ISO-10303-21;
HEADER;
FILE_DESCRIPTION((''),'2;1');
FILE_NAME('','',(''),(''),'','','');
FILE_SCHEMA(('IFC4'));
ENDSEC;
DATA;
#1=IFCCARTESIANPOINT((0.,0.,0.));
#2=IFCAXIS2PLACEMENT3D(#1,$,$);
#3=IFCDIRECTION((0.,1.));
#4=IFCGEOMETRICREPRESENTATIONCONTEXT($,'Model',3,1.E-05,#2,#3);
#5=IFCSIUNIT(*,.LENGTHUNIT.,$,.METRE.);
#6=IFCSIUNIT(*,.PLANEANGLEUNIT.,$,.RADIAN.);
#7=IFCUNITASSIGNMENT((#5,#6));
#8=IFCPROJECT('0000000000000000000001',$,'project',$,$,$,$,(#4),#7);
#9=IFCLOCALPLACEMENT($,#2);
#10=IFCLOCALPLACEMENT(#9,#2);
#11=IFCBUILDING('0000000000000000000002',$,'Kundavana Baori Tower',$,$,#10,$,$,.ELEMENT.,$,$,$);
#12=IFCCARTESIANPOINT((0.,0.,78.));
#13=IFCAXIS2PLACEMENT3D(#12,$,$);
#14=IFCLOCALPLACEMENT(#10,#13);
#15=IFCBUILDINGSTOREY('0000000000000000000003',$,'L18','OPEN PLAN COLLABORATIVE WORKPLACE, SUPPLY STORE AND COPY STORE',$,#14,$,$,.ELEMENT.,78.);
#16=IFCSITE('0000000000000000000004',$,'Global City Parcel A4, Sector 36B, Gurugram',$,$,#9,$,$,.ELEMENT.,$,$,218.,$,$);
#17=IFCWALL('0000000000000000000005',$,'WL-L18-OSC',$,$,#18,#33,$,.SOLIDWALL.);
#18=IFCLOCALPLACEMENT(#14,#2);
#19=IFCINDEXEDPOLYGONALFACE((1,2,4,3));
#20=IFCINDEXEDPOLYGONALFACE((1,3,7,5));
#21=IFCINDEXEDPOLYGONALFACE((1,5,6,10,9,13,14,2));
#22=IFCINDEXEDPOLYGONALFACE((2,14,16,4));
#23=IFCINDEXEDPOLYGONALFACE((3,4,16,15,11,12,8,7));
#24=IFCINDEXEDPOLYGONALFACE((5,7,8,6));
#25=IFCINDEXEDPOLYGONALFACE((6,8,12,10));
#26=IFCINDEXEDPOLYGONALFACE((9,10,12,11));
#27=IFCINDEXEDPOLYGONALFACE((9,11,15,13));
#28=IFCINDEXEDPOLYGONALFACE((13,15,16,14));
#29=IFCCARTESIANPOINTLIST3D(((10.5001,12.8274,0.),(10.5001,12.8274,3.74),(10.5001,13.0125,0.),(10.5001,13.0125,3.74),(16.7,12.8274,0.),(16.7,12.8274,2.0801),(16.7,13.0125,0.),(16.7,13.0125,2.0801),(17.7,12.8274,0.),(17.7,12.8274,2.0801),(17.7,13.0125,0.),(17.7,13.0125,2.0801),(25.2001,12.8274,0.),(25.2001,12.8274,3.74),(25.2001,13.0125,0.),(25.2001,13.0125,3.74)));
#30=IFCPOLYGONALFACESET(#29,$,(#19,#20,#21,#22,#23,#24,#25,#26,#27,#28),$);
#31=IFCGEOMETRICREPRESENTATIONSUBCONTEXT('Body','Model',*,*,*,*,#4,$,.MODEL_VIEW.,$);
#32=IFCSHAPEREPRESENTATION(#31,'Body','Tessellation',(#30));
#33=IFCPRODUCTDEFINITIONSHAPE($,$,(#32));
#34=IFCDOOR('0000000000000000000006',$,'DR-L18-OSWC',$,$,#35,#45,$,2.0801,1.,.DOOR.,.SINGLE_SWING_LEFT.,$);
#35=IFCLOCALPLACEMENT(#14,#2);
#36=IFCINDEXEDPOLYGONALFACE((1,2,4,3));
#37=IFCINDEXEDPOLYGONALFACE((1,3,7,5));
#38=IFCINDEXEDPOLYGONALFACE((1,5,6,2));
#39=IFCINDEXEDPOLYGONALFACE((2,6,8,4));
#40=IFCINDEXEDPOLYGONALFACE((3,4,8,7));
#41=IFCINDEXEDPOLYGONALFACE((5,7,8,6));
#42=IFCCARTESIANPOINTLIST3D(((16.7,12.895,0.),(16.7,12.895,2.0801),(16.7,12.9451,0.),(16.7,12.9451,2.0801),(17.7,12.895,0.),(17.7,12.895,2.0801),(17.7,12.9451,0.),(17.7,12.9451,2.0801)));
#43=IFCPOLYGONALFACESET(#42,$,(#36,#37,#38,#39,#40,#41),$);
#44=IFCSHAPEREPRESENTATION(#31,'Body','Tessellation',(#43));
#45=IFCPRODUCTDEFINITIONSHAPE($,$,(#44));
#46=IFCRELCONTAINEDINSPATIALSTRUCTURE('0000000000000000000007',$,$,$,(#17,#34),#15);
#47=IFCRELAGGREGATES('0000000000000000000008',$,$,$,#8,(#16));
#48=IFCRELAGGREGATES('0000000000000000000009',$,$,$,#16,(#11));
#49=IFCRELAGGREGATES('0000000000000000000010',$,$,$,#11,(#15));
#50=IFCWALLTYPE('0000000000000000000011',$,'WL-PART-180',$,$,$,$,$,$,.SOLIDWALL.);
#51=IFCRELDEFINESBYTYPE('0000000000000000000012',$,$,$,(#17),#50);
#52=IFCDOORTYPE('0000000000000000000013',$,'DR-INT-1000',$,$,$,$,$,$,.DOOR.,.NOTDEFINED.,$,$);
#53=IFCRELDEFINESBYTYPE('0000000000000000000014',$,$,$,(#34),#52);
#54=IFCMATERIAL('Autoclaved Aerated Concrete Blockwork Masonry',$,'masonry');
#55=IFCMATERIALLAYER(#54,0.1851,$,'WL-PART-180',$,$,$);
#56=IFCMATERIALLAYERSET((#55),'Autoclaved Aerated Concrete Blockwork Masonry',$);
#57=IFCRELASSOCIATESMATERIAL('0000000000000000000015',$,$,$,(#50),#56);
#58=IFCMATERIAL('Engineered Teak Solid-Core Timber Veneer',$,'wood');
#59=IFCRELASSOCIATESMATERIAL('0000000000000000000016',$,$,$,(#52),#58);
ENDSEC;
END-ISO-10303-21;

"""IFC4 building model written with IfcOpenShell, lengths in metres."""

from ifc_helpers import new_model, si_unit, direction, frame, frame_2d, origin, place, context, subcontext, project, spatial, rectangle, extrude, material, layer, layer_set, type_object, element, fill, save


model = new_model("IFC4")

# Units and contexts
model_context = context("Model", 3, precision=1e-05, world=origin(), true_north=direction((0.0, 1.0)))
body_context = subcontext(model_context, "Body", "Model", "MODEL_VIEW")
ifc_project = project(units=[si_unit("LENGTHUNIT", "METRE"), si_unit("PLANEANGLEUNIT", "RADIAN")], contexts=[model_context])

# Site, building, storey
site_placement = place(None, origin())
site = spatial("IfcSite", under=ifc_project, at=site_placement, Name="Global City Parcel A4, Sector 36B, Gurugram", CompositionType="ELEMENT", RefElevation=218.0)
building_placement = place(site_placement, origin())
building = spatial("IfcBuilding", under=site, at=building_placement, Name="Kundavana Baori Tower", CompositionType="ELEMENT")
storey_placement = place(building_placement, frame((0.0, 0.0, 78.0)))
storey = spatial("IfcBuildingStorey", under=building, at=storey_placement, Name="L18", Description="OPEN PLAN COLLABORATIVE WORKPLACE, SUPPLY STORE AND COPY STORE", CompositionType="ELEMENT", Elevation=78.0)

# Shared definitions
ifc_material_1 = material(Name="Autoclaved Aerated Concrete Blockwork Masonry", Category="masonry")
ifc_layer_1 = layer(ifc_material_1, 0.1851, Name="WL-PART-180")
ifc_layer_set_1 = layer_set([ifc_layer_1], Name="Autoclaved Aerated Concrete Blockwork Masonry")
wall_type_1 = type_object("IfcWallType", Name="WL-PART-180", PredefinedType="SOLIDWALL", material=ifc_layer_set_1)

# Wall, opening, door
wall_1_placement = place(storey_placement, frame((10.5, 12.9199, 0.0), z_axis=(0.0, 0.0, 1.0), x_axis=(1.0, 0.0, 0.0)))
wall_1 = element("IfcWall", 1, at=wall_1_placement, inside=storey, type_object=wall_type_1, Name="WL-L18-OSC", PredefinedType="SOLIDWALL", context=body_context, shape_type="SweptSolid", body=[
    extrude(rectangle(XDim=14.7, YDim=0.1851, at=frame_2d((7.3501, 0.0))), origin(), (0.0, 0.0, 1.0), 3.74),
])
opening_1_placement = place(wall_1_placement, frame((6.2, 0.0, 0.0)))
opening_1 = element("IfcOpeningElement", 2, at=opening_1_placement, cuts=wall_1, PredefinedType="OPENING", context=body_context, shape_type="SweptSolid", body=[
    extrude(rectangle(XDim=1.0, YDim=2.0801, at=frame_2d((0.5, 1.04))), frame((0.0, 0.1025, 0.0), z_axis=(0.0, -1.0, 0.0), x_axis=(1.0, 0.0, 0.0)), (0.0, 0.0, 1.0), 0.2051),
])
ifc_material_2 = material(Name="Engineered Teak Solid-Core Timber Veneer", Category="wood")
door_type_1 = type_object("IfcDoorType", Name="DR-INT-1000", OperationType="NOTDEFINED", PredefinedType="DOOR", material=ifc_material_2)
door_1_placement = place(opening_1_placement, frame((1.0, 0.0, 0.0), z_axis=(0.0, 0.0, 1.0), x_axis=(-1.0, 0.0, 0.0)))
door_1 = element("IfcDoor", 3, at=door_1_placement, inside=storey, type_object=door_type_1, Name="DR-L18-OSWC", OperationType="SINGLE_SWING_LEFT", OverallHeight=2.0801, OverallWidth=1.0, PredefinedType="DOOR", context=body_context, shape_type="SweptSolid", body=[
    extrude(rectangle(XDim=1.0, YDim=2.0801, at=frame_2d((0.5, 1.04))), frame((0.0, 0.0249, 0.0), z_axis=(0.0, -1.0, 0.0), x_axis=(1.0, 0.0, 0.0)), (0.0, 0.0, 1.0), 0.05),
])
fill(opening_1, door_1)

save(model, "model.ifc")
